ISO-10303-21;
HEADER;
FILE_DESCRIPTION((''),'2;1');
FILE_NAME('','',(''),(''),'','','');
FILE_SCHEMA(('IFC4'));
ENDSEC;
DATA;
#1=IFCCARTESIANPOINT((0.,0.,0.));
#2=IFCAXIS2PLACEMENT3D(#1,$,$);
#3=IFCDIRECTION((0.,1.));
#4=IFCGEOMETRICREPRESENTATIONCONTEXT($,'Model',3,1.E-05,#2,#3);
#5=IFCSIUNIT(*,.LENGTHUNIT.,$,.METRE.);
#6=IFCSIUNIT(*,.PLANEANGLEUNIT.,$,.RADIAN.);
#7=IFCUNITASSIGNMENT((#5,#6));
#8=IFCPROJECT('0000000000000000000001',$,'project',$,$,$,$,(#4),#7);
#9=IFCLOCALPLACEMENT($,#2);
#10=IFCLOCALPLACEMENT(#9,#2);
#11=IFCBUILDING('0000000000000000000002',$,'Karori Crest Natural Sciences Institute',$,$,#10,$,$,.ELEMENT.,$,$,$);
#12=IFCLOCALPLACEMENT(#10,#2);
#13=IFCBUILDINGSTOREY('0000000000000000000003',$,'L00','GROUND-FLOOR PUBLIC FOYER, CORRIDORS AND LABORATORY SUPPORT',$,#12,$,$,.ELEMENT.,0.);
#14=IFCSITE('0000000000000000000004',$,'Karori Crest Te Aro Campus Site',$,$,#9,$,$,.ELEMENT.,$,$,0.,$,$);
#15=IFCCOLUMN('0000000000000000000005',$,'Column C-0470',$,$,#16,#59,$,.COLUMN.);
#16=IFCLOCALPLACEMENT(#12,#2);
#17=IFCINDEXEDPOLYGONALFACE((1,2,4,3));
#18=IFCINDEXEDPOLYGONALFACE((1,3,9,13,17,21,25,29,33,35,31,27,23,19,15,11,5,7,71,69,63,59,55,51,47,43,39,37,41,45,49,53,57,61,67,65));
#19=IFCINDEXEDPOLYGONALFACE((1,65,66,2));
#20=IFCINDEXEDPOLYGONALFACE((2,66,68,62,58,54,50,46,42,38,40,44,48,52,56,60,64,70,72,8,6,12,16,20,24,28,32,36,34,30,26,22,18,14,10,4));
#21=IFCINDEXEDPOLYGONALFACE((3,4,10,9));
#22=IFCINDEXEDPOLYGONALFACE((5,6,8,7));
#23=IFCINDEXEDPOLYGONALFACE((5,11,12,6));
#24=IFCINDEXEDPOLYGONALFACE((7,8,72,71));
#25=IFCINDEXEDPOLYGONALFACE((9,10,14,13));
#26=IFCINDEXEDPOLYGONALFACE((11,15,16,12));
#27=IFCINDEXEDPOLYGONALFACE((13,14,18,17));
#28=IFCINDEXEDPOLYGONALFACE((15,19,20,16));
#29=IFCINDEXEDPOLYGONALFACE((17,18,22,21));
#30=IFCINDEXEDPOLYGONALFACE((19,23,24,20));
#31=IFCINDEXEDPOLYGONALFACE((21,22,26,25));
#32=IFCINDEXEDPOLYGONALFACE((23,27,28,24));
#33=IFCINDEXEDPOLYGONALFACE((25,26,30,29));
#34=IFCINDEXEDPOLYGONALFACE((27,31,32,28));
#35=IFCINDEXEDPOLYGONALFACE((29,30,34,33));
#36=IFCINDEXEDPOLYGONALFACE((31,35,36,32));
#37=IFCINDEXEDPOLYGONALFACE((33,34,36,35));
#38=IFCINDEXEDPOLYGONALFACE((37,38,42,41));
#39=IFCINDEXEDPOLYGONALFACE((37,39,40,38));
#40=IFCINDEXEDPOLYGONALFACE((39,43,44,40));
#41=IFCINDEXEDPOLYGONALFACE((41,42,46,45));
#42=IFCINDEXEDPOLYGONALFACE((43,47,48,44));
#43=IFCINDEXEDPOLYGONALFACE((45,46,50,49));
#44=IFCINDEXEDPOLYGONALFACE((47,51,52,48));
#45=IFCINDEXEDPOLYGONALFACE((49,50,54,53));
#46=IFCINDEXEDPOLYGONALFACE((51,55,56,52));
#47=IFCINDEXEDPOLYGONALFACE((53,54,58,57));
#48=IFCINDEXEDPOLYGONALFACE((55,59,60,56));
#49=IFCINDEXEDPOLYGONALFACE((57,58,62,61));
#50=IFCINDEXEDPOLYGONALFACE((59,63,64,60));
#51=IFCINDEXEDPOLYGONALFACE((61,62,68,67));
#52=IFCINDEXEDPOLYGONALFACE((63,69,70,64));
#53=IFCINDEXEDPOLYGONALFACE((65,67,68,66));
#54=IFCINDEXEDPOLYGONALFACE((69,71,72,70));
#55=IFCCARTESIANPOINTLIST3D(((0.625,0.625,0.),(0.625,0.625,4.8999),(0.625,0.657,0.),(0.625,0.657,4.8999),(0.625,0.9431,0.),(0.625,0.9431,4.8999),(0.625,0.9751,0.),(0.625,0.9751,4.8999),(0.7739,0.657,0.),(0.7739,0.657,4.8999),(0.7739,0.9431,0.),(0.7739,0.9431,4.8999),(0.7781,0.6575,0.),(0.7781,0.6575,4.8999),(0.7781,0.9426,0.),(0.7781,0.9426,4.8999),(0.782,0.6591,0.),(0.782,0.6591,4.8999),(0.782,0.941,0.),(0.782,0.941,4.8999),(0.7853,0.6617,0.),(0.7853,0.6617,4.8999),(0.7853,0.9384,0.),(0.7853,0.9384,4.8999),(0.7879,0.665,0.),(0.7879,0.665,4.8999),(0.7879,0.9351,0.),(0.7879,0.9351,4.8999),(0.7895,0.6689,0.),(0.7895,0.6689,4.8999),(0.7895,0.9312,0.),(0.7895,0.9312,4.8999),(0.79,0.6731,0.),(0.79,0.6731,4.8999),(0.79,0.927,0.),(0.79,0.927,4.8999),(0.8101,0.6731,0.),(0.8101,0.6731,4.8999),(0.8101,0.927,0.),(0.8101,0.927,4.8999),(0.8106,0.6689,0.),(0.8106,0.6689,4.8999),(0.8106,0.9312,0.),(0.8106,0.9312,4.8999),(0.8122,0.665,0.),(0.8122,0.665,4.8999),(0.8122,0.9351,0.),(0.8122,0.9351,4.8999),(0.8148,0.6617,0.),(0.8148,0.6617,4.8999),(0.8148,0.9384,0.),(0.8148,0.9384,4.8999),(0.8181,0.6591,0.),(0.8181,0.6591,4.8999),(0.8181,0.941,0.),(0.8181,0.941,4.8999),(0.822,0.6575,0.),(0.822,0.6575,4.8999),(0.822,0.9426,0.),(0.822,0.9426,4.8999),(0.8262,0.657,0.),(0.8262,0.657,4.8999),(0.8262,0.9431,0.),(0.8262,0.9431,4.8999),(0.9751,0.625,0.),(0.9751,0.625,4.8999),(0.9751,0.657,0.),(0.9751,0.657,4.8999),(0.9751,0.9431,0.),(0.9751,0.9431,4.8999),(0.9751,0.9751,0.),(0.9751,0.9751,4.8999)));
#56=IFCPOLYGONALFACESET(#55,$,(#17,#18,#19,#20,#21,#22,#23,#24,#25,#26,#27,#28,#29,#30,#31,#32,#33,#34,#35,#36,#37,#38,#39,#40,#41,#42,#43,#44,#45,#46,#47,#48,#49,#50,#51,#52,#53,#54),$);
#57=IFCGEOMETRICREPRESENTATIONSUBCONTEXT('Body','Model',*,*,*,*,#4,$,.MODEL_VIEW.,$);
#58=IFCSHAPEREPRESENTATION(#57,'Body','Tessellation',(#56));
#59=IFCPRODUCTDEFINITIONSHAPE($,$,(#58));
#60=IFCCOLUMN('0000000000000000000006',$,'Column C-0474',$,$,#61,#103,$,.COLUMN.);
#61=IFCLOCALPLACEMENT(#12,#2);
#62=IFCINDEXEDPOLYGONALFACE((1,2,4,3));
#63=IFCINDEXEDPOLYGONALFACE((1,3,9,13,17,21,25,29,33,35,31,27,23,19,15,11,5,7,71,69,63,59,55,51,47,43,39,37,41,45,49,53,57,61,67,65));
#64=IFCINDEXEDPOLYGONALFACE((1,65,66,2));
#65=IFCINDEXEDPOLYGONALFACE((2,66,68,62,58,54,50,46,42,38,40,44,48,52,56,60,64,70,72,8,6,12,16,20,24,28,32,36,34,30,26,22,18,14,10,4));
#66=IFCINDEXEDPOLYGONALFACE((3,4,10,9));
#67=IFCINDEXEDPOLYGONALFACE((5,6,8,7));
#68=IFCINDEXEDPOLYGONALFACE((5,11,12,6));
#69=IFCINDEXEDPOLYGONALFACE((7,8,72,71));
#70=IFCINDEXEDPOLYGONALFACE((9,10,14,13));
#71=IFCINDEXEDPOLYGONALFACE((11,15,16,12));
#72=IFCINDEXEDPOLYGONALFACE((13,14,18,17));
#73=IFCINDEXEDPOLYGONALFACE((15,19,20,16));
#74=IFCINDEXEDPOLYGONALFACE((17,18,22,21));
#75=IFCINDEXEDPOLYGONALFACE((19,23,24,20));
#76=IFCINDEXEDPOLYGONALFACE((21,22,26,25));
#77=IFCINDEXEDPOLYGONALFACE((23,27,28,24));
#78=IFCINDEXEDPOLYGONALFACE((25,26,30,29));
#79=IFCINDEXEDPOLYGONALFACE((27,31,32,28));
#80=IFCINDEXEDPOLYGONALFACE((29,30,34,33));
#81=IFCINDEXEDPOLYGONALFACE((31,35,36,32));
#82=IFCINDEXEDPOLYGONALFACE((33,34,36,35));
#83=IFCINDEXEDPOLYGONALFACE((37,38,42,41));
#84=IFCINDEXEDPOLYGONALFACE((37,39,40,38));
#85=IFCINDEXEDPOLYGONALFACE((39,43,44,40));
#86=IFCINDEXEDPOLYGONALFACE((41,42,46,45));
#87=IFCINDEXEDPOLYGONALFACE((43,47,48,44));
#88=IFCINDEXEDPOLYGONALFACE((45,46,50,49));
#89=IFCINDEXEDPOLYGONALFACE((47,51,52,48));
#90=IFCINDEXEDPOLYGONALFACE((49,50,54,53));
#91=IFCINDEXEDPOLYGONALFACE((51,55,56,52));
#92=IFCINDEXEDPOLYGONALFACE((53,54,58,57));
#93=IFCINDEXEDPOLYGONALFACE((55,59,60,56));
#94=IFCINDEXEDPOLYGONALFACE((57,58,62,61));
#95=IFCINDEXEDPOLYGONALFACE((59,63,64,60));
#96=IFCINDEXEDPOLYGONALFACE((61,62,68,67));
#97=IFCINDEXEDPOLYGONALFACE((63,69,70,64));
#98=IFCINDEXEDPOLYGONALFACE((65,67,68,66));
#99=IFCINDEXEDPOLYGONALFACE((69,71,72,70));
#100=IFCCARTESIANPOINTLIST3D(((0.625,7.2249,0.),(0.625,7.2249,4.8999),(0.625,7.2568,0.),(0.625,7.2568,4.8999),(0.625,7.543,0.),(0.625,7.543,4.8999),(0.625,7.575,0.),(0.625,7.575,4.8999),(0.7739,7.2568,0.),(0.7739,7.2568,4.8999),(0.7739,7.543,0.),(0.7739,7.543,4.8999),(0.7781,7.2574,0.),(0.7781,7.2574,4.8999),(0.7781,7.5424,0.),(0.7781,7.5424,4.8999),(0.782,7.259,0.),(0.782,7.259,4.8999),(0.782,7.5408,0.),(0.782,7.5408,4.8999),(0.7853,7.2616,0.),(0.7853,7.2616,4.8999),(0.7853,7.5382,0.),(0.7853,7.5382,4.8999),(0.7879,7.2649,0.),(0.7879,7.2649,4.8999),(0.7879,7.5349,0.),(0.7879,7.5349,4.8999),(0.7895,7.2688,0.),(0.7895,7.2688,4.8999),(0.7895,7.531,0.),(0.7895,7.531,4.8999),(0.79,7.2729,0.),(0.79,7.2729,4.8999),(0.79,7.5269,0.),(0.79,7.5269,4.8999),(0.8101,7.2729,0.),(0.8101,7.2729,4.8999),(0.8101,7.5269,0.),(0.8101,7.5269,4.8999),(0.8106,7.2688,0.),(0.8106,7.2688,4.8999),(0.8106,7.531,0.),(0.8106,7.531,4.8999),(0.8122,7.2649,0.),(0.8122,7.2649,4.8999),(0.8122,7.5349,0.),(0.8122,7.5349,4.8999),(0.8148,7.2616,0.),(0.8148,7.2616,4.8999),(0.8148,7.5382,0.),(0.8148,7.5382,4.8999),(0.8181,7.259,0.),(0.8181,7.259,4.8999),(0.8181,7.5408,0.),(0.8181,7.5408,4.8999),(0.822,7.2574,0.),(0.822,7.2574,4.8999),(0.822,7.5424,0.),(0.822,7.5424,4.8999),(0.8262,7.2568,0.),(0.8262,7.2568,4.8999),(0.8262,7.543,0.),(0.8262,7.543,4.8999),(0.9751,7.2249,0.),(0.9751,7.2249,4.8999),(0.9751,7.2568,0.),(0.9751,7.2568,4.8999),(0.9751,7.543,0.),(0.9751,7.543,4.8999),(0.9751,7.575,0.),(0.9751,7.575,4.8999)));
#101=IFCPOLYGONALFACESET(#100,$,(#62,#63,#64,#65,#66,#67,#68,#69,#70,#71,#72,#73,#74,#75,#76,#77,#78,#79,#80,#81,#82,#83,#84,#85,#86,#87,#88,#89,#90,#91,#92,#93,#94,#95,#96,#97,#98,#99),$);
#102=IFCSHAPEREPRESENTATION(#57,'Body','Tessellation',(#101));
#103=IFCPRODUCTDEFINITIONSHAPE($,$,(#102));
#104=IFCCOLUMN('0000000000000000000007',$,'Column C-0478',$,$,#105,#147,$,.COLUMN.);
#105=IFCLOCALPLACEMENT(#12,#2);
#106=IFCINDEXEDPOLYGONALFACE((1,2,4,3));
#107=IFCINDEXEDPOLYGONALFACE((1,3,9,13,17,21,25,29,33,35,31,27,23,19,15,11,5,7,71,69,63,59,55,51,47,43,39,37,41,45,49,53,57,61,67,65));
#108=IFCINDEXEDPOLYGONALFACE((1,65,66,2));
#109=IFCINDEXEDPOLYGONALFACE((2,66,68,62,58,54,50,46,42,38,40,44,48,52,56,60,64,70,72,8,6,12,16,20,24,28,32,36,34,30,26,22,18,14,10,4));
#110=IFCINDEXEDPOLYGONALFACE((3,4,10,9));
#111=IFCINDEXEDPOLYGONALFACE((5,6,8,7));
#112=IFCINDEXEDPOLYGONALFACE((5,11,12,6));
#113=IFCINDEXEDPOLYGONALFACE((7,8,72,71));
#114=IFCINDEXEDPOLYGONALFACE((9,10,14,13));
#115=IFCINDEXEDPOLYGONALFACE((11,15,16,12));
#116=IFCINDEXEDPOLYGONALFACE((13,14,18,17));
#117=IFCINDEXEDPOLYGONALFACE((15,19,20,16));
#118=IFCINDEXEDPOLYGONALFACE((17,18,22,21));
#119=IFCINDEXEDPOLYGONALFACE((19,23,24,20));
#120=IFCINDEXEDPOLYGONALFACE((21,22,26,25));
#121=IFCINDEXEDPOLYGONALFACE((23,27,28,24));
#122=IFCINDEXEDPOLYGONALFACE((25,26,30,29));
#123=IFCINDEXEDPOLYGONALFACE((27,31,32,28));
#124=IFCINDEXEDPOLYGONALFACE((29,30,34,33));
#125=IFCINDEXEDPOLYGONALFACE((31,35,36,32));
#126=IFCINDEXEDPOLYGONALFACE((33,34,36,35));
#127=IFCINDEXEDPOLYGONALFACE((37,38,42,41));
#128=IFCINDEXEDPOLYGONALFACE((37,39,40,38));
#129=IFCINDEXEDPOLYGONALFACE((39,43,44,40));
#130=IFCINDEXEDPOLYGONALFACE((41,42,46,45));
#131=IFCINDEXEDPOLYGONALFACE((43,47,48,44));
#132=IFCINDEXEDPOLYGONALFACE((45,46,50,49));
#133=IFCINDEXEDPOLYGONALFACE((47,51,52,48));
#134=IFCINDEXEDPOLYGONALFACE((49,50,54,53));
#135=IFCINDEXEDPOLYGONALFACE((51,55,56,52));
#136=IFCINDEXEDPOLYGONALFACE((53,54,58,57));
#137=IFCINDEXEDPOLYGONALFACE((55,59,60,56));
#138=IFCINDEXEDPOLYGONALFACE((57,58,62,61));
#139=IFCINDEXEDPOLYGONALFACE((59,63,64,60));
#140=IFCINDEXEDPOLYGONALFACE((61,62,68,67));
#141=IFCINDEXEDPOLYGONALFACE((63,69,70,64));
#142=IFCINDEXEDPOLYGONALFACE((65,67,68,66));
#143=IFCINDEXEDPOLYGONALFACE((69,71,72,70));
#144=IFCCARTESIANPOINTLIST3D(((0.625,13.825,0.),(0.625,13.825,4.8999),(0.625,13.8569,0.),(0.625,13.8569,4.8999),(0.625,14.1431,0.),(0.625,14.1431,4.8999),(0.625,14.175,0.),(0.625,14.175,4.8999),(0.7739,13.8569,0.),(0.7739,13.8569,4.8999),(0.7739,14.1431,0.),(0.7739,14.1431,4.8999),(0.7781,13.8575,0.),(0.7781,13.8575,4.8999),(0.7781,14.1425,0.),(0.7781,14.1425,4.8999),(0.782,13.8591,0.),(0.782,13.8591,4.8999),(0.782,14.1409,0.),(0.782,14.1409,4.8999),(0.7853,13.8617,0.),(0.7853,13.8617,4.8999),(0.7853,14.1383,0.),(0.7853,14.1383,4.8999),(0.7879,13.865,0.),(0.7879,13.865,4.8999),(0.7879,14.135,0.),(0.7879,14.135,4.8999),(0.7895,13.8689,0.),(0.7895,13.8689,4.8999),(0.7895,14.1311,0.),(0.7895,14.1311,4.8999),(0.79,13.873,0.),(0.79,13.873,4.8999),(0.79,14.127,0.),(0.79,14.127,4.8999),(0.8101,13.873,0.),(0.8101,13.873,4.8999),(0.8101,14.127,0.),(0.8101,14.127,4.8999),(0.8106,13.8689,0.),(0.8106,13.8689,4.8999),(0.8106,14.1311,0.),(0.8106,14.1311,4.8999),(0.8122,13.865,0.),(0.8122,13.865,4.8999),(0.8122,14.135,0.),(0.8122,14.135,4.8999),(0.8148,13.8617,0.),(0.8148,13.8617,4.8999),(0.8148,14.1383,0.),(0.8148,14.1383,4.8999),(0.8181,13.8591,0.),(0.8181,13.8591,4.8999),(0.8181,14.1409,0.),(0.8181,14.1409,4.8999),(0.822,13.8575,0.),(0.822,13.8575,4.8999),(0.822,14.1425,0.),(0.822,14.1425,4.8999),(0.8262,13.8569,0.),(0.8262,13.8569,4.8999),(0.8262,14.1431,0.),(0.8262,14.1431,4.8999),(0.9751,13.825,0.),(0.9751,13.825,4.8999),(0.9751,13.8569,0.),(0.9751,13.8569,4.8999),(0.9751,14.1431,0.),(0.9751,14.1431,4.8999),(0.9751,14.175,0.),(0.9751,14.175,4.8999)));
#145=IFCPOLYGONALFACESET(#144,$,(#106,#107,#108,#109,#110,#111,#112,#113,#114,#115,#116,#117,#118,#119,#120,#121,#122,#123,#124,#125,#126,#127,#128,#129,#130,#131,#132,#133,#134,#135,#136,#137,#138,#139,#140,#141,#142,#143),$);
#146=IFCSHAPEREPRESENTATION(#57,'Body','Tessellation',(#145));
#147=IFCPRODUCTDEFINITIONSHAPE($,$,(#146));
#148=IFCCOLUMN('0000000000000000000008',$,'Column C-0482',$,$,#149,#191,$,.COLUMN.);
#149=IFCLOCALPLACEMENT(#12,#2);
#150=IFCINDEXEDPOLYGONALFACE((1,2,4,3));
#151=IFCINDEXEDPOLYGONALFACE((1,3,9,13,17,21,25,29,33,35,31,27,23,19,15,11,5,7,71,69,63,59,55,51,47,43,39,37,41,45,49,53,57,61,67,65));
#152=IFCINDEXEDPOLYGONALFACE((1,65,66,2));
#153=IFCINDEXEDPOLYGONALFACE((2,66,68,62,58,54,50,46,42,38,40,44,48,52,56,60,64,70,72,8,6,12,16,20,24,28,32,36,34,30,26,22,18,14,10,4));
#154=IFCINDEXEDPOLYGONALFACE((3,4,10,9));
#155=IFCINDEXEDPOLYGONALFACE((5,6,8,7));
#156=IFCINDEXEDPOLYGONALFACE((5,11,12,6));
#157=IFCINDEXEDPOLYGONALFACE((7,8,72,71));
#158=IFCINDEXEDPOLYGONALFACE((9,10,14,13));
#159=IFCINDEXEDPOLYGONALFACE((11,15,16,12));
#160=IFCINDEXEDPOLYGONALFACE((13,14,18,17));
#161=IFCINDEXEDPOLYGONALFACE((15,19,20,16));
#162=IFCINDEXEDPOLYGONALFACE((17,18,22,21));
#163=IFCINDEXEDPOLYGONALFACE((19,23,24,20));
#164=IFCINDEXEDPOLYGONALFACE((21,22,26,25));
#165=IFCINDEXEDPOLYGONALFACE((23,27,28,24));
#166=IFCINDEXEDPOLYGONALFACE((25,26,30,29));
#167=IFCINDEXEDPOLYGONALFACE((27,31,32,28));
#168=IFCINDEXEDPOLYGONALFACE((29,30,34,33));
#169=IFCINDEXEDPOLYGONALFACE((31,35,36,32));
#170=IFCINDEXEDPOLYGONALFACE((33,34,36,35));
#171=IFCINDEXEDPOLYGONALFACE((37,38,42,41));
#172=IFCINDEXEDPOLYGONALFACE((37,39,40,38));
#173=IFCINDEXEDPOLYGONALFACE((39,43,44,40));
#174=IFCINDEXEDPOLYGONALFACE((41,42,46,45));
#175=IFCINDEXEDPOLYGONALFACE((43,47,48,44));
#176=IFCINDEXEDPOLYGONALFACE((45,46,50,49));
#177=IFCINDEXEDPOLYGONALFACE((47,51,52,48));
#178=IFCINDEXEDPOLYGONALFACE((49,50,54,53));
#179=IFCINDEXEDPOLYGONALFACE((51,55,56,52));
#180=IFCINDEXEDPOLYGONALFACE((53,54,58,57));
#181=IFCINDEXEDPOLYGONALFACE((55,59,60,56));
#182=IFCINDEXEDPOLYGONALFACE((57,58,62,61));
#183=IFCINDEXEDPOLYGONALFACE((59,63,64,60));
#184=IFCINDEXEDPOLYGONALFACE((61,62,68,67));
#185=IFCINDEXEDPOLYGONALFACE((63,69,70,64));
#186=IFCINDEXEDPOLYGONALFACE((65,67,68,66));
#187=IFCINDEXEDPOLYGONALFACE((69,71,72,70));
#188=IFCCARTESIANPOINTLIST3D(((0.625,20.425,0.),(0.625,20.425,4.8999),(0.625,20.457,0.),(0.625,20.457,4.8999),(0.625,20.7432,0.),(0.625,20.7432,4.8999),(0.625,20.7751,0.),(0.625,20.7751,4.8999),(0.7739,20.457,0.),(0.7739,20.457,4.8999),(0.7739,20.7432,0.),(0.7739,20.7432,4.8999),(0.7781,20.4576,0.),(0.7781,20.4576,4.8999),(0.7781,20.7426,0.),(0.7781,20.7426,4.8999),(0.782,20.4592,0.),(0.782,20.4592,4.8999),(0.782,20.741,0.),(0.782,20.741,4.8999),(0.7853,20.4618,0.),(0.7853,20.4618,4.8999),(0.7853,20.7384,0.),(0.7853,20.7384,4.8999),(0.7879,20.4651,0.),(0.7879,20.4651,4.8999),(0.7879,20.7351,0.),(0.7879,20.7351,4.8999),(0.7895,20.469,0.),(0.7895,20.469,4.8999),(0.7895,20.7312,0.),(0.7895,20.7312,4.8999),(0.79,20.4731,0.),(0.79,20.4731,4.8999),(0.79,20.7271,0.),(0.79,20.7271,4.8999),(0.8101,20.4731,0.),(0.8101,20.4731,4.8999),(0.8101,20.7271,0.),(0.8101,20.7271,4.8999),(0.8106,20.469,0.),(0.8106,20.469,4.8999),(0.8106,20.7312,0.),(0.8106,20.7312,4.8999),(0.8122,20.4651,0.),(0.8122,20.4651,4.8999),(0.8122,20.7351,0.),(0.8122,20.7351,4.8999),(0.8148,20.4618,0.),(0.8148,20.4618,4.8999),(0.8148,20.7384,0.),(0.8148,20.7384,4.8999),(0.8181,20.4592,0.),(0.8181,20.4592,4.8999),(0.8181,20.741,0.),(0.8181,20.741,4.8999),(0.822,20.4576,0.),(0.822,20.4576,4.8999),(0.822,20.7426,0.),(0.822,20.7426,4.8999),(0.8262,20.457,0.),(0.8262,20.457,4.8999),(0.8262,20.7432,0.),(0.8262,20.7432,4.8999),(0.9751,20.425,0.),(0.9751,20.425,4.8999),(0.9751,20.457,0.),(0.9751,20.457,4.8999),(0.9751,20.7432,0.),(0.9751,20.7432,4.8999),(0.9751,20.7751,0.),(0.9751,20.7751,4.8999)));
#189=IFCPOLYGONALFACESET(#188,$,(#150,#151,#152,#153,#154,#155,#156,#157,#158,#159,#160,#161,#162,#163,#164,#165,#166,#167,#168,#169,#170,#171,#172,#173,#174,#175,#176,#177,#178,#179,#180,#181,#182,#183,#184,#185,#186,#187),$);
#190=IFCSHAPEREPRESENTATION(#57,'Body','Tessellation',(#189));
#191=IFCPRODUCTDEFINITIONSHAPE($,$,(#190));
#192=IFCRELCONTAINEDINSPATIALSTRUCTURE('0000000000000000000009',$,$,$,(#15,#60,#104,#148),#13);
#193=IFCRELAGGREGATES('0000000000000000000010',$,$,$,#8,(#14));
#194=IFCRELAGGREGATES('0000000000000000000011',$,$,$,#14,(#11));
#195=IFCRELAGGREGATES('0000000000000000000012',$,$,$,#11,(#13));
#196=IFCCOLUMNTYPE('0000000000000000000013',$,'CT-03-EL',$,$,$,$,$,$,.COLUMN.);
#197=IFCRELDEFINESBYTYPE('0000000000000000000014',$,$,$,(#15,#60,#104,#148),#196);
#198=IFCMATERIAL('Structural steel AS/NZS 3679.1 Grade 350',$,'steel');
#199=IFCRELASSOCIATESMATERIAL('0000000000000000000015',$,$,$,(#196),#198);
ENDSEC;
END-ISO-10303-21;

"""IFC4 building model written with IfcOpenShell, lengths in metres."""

from ifc_helpers import new_model, si_unit, direction, frame, origin, origin_2d, place, context, subcontext, project, spatial, i_section, extrude, material, material_profile, profile_set, type_object, element, save


model = new_model("IFC4")

# Units and contexts
model_context = context("Model", 3, precision=1e-05, world=origin(), true_north=direction((0.0, 1.0)))
body_context = subcontext(model_context, "Body", "Model", "MODEL_VIEW")
ifc_project = project(units=[si_unit("LENGTHUNIT", "METRE"), si_unit("PLANEANGLEUNIT", "RADIAN")], contexts=[model_context])

# Site, building, storey
site_placement = place(None, origin())
site = spatial("IfcSite", under=ifc_project, at=site_placement, Name="Karori Crest Te Aro Campus Site", CompositionType="ELEMENT", RefElevation=0.0)
building_placement = place(site_placement, origin())
building = spatial("IfcBuilding", under=site, at=building_placement, Name="Karori Crest Natural Sciences Institute", CompositionType="ELEMENT")
storey_placement = place(building_placement, origin())
storey = spatial("IfcBuildingStorey", under=building, at=storey_placement, Name="L00", Description="GROUND-FLOOR PUBLIC FOYER, CORRIDORS AND LABORATORY SUPPORT", CompositionType="ELEMENT", Elevation=0.0)

# Columns
ifc_material_1 = material(Name="Structural steel AS/NZS 3679.1 Grade 350", Category="steel")
ifc_material_profile_1 = material_profile(ifc_material_1, i_section(OverallWidth=0.3501, OverallDepth=0.3501, WebThickness=0.02, FlangeThickness=0.032, FilletRadius=0.0161, at=origin_2d()), Name="350WC280")
ifc_profile_set_1 = profile_set([ifc_material_profile_1], Name="Structural steel AS/NZS 3679.1 Grade 350")
column_type = type_object("IfcColumnType", Name="CT-03-EL", PredefinedType="COLUMN", material=ifc_profile_set_1)
for number, where, z_axis, x_axis, name in (
    (1, (0.8, 0.8, 0.0), (0.0, 0.0, 1.0), (1.0, 0.0, 0.0), "Column C-0470"),
    (2, (0.8, 7.3999, 0.0), (0.0, 0.0, 1.0), (1.0, 0.0, 0.0), "Column C-0474"),
    (3, (0.8, 14.0, 0.0), (0.0, 0.0, 1.0), (1.0, 0.0, 0.0), "Column C-0478"),
    (4, (0.8, 20.6001, 0.0), (0.0, 0.0, 1.0), (1.0, 0.0, 0.0), "Column C-0482"),
):
    element("IfcColumn", number, at=place(storey_placement, frame(where, z_axis=z_axis, x_axis=x_axis)), inside=storey, type_object=column_type, Name=name, PredefinedType="COLUMN", context=body_context, shape_type="SweptSolid", body=[
        extrude(i_section(OverallWidth=0.3501, OverallDepth=0.3501, WebThickness=0.02, FlangeThickness=0.032, FilletRadius=0.0161, at=origin_2d()), origin(), (0.0, 0.0, 1.0), 4.8999),
    ])

save(model, "model.ifc")
